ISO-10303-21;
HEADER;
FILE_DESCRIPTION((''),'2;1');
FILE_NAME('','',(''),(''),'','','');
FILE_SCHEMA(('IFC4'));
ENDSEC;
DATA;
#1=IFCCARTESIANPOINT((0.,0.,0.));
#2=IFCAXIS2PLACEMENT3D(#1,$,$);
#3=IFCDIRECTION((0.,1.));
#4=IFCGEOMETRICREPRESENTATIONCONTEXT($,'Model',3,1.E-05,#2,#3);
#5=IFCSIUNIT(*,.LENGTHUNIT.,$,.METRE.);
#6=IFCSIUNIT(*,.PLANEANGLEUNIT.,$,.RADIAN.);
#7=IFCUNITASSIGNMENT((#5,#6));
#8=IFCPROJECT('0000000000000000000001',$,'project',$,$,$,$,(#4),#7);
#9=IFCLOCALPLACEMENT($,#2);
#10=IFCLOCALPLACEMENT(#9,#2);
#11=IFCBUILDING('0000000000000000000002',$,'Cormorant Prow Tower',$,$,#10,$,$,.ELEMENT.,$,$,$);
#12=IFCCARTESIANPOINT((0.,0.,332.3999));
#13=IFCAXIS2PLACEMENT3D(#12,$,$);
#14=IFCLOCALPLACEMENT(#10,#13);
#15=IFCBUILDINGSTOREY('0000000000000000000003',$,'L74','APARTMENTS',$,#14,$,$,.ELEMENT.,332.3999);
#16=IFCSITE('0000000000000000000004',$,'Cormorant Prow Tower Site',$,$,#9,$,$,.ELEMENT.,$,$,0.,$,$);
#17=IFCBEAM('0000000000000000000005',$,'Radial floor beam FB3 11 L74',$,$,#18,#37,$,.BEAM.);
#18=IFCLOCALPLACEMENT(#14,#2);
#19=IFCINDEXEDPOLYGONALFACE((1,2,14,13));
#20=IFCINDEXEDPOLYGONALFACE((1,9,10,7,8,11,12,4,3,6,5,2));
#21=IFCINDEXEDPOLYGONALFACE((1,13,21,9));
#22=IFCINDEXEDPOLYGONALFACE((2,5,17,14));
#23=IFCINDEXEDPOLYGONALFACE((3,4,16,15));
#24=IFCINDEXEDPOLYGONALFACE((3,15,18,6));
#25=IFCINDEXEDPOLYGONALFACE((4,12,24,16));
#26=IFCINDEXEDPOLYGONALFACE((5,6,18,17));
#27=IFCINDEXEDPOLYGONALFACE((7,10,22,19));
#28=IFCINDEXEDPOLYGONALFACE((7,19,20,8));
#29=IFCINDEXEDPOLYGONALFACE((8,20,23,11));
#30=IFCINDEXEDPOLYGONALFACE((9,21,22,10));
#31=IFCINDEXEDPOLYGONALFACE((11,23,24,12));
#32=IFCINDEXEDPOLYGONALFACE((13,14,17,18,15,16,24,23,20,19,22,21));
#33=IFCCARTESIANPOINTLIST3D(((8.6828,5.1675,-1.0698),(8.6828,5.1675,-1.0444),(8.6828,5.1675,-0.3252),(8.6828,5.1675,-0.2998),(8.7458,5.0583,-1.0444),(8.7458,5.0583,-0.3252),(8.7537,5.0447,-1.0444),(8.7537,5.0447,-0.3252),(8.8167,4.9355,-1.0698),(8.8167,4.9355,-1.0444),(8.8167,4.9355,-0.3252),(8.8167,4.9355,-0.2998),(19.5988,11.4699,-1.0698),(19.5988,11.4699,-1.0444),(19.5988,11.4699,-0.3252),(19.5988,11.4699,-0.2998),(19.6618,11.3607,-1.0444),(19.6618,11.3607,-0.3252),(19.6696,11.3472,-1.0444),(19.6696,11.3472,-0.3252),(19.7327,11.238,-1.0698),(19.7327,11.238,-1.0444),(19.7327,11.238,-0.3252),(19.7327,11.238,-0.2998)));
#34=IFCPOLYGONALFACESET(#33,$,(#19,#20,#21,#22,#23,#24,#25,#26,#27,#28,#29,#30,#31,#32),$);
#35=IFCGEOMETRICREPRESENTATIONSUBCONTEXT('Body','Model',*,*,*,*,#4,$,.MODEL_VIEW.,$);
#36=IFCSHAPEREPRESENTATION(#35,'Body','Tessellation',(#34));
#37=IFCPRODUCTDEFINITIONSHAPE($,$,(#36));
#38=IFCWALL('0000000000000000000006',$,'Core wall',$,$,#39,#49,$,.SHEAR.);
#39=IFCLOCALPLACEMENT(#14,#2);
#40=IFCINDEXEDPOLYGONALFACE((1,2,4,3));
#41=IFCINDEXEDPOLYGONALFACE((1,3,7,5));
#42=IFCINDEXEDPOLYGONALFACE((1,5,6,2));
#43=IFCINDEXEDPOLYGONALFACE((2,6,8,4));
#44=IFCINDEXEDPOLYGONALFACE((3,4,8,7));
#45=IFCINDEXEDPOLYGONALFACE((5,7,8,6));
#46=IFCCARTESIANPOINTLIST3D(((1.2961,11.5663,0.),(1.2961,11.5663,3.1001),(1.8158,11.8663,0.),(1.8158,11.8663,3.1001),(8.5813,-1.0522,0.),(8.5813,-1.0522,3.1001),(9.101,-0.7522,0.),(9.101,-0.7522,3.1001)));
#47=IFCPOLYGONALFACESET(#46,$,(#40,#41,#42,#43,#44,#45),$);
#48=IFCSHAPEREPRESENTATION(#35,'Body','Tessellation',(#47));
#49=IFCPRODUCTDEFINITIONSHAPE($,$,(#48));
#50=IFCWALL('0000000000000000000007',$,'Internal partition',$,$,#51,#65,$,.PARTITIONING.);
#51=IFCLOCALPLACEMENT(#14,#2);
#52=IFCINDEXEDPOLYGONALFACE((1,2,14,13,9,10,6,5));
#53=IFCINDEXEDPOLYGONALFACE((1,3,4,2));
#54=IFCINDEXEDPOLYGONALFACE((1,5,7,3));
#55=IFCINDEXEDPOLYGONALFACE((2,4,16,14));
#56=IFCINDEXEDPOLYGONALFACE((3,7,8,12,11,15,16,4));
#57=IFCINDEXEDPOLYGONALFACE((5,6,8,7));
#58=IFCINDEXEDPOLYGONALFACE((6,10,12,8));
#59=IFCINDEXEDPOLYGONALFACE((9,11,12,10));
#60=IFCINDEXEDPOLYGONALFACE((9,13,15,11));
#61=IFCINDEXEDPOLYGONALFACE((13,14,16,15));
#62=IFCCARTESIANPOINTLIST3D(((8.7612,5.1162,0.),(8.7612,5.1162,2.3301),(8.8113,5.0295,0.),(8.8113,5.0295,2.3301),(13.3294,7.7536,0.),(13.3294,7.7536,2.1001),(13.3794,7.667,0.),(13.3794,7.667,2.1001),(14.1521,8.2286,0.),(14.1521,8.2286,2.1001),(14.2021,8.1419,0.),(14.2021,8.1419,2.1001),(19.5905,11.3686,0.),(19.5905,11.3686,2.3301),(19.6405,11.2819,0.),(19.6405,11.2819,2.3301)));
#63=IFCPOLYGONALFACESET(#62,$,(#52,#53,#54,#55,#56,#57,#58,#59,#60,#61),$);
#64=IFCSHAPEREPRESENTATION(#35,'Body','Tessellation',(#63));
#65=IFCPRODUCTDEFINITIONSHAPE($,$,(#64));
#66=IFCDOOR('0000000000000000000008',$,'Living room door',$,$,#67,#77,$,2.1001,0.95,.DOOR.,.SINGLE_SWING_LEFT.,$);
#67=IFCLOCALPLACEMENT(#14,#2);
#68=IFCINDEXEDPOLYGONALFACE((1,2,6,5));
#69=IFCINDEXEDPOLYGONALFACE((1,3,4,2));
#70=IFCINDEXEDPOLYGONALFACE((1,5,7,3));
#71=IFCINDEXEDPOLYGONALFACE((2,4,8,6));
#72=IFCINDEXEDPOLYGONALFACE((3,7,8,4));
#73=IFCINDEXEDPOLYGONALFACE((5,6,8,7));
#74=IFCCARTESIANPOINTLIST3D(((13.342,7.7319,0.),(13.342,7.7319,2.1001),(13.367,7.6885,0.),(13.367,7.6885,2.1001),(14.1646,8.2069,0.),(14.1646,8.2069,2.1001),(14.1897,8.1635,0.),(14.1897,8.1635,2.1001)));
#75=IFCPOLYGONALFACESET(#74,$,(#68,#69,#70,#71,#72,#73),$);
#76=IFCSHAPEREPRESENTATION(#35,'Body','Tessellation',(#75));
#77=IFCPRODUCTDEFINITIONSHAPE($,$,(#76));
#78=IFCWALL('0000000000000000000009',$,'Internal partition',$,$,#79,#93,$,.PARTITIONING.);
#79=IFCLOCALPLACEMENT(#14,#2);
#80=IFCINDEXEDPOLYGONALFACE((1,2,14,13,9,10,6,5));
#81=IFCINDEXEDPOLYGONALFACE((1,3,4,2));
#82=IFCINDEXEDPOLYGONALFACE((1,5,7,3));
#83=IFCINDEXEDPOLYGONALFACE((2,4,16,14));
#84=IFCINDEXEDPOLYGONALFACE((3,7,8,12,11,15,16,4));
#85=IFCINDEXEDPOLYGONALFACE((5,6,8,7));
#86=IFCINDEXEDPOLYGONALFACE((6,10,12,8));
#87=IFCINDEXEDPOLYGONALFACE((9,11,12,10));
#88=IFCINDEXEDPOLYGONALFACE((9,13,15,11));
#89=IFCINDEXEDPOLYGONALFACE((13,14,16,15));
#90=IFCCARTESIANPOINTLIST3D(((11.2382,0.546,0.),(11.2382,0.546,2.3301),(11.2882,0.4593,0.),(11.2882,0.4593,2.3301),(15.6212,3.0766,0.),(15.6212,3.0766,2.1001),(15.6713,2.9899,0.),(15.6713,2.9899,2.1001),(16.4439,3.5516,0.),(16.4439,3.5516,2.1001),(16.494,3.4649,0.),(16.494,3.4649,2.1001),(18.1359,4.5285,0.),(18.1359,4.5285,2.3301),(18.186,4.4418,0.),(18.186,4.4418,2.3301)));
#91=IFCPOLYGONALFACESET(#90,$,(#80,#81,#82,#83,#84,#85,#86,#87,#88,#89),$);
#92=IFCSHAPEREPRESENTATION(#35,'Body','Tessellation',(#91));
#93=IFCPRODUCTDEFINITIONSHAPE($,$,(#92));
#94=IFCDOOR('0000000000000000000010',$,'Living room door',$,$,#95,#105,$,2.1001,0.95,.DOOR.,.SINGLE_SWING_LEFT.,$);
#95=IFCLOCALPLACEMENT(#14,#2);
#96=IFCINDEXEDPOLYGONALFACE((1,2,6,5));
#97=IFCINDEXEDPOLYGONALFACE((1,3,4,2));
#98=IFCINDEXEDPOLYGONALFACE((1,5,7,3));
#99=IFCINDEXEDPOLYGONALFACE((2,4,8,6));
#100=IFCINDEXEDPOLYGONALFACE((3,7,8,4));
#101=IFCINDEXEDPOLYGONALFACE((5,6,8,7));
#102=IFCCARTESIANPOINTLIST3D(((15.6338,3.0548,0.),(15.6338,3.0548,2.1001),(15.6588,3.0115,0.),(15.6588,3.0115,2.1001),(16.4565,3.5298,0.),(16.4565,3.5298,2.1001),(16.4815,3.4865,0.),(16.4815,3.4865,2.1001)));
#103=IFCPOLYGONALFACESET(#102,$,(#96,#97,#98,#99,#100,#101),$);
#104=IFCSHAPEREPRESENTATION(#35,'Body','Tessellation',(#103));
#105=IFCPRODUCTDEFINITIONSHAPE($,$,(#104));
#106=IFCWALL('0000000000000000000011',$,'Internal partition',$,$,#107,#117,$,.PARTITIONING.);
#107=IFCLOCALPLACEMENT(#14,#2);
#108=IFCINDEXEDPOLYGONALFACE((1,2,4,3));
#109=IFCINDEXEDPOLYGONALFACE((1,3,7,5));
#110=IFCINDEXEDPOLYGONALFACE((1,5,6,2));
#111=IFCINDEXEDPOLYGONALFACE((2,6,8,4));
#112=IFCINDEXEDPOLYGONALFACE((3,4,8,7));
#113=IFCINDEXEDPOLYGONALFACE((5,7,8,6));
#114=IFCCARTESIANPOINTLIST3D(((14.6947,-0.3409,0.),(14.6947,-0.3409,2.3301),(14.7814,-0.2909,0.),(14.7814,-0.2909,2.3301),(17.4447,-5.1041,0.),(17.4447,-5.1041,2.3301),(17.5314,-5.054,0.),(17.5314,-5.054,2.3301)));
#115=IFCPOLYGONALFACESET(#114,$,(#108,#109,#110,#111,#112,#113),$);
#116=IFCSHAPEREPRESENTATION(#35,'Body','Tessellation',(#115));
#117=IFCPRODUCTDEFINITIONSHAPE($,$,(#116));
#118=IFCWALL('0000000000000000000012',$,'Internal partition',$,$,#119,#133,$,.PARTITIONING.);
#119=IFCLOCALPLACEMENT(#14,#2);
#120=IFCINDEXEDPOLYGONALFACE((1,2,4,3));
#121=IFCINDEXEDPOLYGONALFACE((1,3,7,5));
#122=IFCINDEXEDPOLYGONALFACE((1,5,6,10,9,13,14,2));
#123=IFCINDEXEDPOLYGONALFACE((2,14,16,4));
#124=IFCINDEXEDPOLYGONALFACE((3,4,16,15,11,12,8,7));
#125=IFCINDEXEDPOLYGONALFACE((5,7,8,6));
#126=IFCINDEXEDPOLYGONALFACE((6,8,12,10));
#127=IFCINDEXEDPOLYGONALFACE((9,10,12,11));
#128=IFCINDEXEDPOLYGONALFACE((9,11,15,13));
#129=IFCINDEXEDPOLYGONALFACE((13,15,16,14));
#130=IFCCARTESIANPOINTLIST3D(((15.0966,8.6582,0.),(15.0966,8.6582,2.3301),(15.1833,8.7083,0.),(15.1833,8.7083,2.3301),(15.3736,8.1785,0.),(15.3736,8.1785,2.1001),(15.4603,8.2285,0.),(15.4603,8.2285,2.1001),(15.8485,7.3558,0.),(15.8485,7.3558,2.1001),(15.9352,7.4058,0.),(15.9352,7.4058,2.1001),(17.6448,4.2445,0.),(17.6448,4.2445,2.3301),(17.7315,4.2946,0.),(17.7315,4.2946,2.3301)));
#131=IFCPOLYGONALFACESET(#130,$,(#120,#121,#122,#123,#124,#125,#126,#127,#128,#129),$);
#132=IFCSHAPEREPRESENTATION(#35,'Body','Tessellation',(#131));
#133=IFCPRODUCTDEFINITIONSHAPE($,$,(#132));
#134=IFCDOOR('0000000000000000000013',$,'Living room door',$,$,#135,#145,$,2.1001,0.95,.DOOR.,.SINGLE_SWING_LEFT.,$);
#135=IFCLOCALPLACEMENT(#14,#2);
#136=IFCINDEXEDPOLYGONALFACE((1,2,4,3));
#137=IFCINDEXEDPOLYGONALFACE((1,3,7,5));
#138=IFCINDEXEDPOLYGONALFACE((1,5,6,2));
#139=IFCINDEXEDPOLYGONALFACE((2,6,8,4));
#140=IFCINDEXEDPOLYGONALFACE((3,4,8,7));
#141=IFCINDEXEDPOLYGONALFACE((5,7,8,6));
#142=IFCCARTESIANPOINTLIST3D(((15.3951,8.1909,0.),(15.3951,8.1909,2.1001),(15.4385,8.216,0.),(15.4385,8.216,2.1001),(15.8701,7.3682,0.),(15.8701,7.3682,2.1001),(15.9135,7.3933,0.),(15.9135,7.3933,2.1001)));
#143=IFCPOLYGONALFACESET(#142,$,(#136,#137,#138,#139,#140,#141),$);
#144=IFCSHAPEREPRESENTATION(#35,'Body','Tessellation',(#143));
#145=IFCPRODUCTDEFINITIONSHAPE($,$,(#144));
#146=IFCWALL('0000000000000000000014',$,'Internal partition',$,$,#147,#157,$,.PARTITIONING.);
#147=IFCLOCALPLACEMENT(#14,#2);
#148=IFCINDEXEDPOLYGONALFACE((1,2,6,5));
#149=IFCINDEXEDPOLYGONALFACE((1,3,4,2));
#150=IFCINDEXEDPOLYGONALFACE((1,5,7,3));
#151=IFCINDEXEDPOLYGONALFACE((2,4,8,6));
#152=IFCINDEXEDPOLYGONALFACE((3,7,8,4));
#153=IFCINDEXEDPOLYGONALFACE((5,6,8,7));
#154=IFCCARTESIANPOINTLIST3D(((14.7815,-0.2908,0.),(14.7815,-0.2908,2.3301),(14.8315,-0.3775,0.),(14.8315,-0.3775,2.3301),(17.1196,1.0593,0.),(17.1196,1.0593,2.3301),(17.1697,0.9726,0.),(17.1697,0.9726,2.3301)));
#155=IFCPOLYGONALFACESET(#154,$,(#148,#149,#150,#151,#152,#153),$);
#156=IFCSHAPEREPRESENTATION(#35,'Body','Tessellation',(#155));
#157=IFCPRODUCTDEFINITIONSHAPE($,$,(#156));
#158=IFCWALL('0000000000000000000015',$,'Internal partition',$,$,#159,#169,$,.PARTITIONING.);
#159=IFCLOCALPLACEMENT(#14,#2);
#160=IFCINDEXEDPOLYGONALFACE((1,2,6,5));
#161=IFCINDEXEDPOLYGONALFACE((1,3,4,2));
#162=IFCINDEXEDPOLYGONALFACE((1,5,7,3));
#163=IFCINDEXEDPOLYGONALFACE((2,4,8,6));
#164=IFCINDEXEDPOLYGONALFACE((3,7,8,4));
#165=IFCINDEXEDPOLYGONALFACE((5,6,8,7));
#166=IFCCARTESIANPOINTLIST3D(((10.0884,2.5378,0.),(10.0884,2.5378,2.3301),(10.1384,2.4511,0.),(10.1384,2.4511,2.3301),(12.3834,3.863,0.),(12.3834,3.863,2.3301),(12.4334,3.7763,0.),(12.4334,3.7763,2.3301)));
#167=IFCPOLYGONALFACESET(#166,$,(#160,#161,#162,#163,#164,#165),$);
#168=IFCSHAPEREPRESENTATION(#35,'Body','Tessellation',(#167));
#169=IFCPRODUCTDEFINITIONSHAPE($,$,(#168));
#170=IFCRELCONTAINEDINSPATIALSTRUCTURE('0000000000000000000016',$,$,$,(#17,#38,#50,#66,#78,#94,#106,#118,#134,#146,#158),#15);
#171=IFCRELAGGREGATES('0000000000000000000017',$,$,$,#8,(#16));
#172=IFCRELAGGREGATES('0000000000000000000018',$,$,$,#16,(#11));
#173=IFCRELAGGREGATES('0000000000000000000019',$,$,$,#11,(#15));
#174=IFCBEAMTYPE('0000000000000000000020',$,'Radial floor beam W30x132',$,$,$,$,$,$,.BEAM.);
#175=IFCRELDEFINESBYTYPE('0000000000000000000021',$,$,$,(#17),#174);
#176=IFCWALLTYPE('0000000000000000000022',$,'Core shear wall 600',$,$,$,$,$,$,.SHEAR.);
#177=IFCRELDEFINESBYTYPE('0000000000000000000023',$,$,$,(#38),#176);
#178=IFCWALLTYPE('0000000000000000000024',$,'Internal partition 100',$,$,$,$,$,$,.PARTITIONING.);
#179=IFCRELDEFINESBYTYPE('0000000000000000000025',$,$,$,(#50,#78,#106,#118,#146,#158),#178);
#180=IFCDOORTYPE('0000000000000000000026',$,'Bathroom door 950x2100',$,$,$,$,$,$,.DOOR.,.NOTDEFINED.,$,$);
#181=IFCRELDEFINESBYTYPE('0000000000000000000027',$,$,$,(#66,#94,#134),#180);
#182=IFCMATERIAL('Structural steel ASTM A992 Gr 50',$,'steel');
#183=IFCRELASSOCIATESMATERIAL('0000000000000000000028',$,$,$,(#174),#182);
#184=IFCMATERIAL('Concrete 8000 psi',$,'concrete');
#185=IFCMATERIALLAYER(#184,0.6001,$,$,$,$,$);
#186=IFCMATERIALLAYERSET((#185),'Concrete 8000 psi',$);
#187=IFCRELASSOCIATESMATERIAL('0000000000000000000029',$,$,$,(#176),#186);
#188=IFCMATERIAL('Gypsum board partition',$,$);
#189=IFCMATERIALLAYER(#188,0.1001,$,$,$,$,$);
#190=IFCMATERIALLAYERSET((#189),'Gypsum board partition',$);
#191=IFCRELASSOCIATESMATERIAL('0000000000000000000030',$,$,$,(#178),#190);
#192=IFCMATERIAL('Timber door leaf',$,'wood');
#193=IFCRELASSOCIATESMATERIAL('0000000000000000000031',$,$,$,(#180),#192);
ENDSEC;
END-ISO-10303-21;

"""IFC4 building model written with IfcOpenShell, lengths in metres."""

from ifc_helpers import new_model, si_unit, direction, frame, frame_2d, origin, origin_2d, place, context, subcontext, project, spatial, rectangle, i_section, extrude, material, layer, layer_set, material_profile, profile_set, type_object, element, fill, save


model = new_model("IFC4")

# Units and contexts
model_context = context("Model", 3, precision=1e-05, world=origin(), true_north=direction((0.0, 1.0)))
body_context = subcontext(model_context, "Body", "Model", "MODEL_VIEW")
ifc_project = project(units=[si_unit("LENGTHUNIT", "METRE"), si_unit("PLANEANGLEUNIT", "RADIAN")], contexts=[model_context])

# Site, building, storey
site_placement = place(None, origin())
site = spatial("IfcSite", under=ifc_project, at=site_placement, Name="Cormorant Prow Tower Site", CompositionType="ELEMENT", RefElevation=0.0)
building_placement = place(site_placement, origin())
building = spatial("IfcBuilding", under=site, at=building_placement, Name="Cormorant Prow Tower", CompositionType="ELEMENT")
storey_placement = place(building_placement, frame((0.0, 0.0, 332.3999)))
storey = spatial("IfcBuildingStorey", under=building, at=storey_placement, Name="L74", Description="APARTMENTS", CompositionType="ELEMENT", Elevation=332.3999)

# Beam
ifc_material_1 = material(Name="Structural steel ASTM A992 Gr 50", Category="steel")
ifc_material_profile = material_profile(ifc_material_1, i_section(OverallWidth=0.2678, OverallDepth=0.77, WebThickness=0.0156, FlangeThickness=0.0254, at=origin_2d()), Name="W30x132")
ifc_profile_set = profile_set([ifc_material_profile], Name="Structural steel ASTM A992 Gr 50")
beam_type = type_object("IfcBeamType", Name="Radial floor beam W30x132", PredefinedType="BEAM", material=ifc_profile_set)
beam_placement = place(storey_placement, frame((8.7498, 5.0515, -0.6848), z_axis=(0.866021, 0.500007, 0.0), x_axis=(-0.500007, 0.866021, 0.0)))
element("IfcBeam", 1, at=beam_placement, inside=storey, type_object=beam_type, Name="Radial floor beam FB3 11 L74", PredefinedType="BEAM", context=body_context, shape_type="SweptSolid", body=[
    extrude(i_section(OverallWidth=0.2678, OverallDepth=0.77, WebThickness=0.0156, FlangeThickness=0.0254, at=origin_2d()), origin(), (0.0, 0.0, 1.0), 12.6047),
])

# Wall
ifc_material_2 = material(Name="Concrete 8000 psi", Category="concrete")
ifc_layer_1 = layer(ifc_material_2, 0.6001)
ifc_layer_set_1 = layer_set([ifc_layer_1], Name="Concrete 8000 psi")
wall_type_1 = type_object("IfcWallType", Name="Core shear wall 600", PredefinedType="SHEAR", material=ifc_layer_set_1)
wall_1_placement = place(storey_placement, frame((8.8411, -0.9021, 0.0), z_axis=(0.0, 0.0, 1.0), x_axis=(-0.499996, 0.866028, 0.0)))
element("IfcWall", 2, at=wall_1_placement, inside=storey, type_object=wall_type_1, Name="Core wall", PredefinedType="SHEAR", context=body_context, shape_type="SweptSolid", body=[
    extrude(rectangle(XDim=14.5706, YDim=0.6001, at=frame_2d((7.2852, 0.0))), origin(), (0.0, 0.0, 1.0), 3.1001),
])

# Walls, openings, doors
ifc_material_3 = material(Name="Gypsum board partition")
ifc_layer_2 = layer(ifc_material_3, 0.1001)
ifc_layer_set_2 = layer_set([ifc_layer_2], Name="Gypsum board partition")
wall_type_2 = type_object("IfcWallType", Name="Internal partition 100", PredefinedType="PARTITIONING", material=ifc_layer_set_2)
wall_2_placement = place(storey_placement, frame((8.7861, 5.0728, 0.0), z_axis=(0.0, 0.0, 1.0), x_axis=(0.866021, 0.500007, 0.0)))
wall_2 = element("IfcWall", 3, at=wall_2_placement, inside=storey, type_object=wall_type_2, Name="Internal partition", PredefinedType="PARTITIONING", context=body_context, shape_type="SweptSolid", body=[
    extrude(rectangle(XDim=12.5046, YDim=0.1001, at=frame_2d((6.2524, 0.0))), origin(), (0.0, 0.0, 1.0), 2.3301),
])
opening_1_placement = place(wall_2_placement, frame((5.2749, 0.0, 0.0)))
opening_1 = element("IfcOpeningElement", 4, at=opening_1_placement, cuts=wall_2, PredefinedType="OPENING", context=body_context, shape_type="SweptSolid", body=[
    extrude(rectangle(XDim=0.95, YDim=2.1001, at=frame_2d((0.4751, 1.05))), frame((0.0, 0.0601, 0.0), z_axis=(0.0, -1.0, 0.0), x_axis=(1.0, 0.0, 0.0)), (0.0, 0.0, 1.0), 0.1201),
])
ifc_material_4 = material(Name="Timber door leaf", Category="wood")
door_type = type_object("IfcDoorType", Name="Bathroom door 950x2100", OperationType="NOTDEFINED", PredefinedType="DOOR", material=ifc_material_4)
door_1_placement = place(opening_1_placement, origin())
door_1 = element("IfcDoor", 5, at=door_1_placement, inside=storey, type_object=door_type, Name="Living room door", OperationType="SINGLE_SWING_LEFT", OverallHeight=2.1001, OverallWidth=0.95, PredefinedType="DOOR", context=body_context, shape_type="SweptSolid", body=[
    extrude(rectangle(XDim=0.95, YDim=2.1001, at=frame_2d((0.4751, 1.05))), frame((0.0, 0.0249, 0.0), z_axis=(0.0, -1.0, 0.0), x_axis=(1.0, 0.0, 0.0)), (0.0, 0.0, 1.0), 0.05),
])
fill(opening_1, door_1)
wall_3_placement = place(storey_placement, frame((11.2632, 0.5027, 0.0), z_axis=(0.0, 0.0, 1.0), x_axis=(0.866024, 0.500003, 0.0)))
wall_3 = element("IfcWall", 6, at=wall_3_placement, inside=storey, type_object=wall_type_2, Name="Internal partition", PredefinedType="PARTITIONING", context=body_context, shape_type="SweptSolid", body=[
    extrude(rectangle(XDim=7.9648, YDim=0.1001, at=frame_2d((3.9824, 0.0))), origin(), (0.0, 0.0, 1.0), 2.3301),
])
opening_2_placement = place(wall_3_placement, frame((5.061, 0.0, 0.0)))
opening_2 = element("IfcOpeningElement", 7, at=opening_2_placement, cuts=wall_3, PredefinedType="OPENING", context=body_context, shape_type="SweptSolid", body=[
    extrude(rectangle(XDim=0.95, YDim=2.1001, at=frame_2d((0.4751, 1.05))), frame((0.0, 0.0601, 0.0), z_axis=(0.0, -1.0, 0.0), x_axis=(1.0, 0.0, 0.0)), (0.0, 0.0, 1.0), 0.1201),
])
door_2_placement = place(opening_2_placement, origin())
door_2 = element("IfcDoor", 8, at=door_2_placement, inside=storey, type_object=door_type, Name="Living room door", OperationType="SINGLE_SWING_LEFT", OverallHeight=2.1001, OverallWidth=0.95, PredefinedType="DOOR", context=body_context, shape_type="SweptSolid", body=[
    extrude(rectangle(XDim=0.95, YDim=2.1001, at=frame_2d((0.4751, 1.05))), frame((0.0, 0.0249, 0.0), z_axis=(0.0, -1.0, 0.0), x_axis=(1.0, 0.0, 0.0)), (0.0, 0.0, 1.0), 0.05),
])
fill(opening_2, door_2)

# Wall
wall_4_placement = place(storey_placement, frame((14.738, -0.3159, 0.0), z_axis=(0.0, 0.0, 1.0), x_axis=(0.499997, -0.866027, 0.0)))
element("IfcWall", 9, at=wall_4_placement, inside=storey, type_object=wall_type_2, Name="Internal partition", PredefinedType="PARTITIONING", context=body_context, shape_type="SweptSolid", body=[
    extrude(rectangle(XDim=5.5, YDim=0.1001, at=frame_2d((2.75, 0.0))), origin(), (0.0, 0.0, 1.0), 2.3301),
])

# Wall, opening, door
wall_5_placement = place(storey_placement, frame((15.1399, 8.6833, 0.0), z_axis=(0.0, 0.0, 1.0), x_axis=(0.499988, -0.866032, 0.0)))
wall_5 = element("IfcWall", 10, at=wall_5_placement, inside=storey, type_object=wall_type_2, Name="Internal partition", PredefinedType="PARTITIONING", context=body_context, shape_type="SweptSolid", body=[
    extrude(rectangle(XDim=5.0964, YDim=0.1001, at=frame_2d((2.5483, 0.0))), origin(), (0.0, 0.0, 1.0), 2.3301),
])
opening_3_placement = place(wall_5_placement, frame((0.554, 0.0, 0.0)))
opening_3 = element("IfcOpeningElement", 11, at=opening_3_placement, cuts=wall_5, PredefinedType="OPENING", context=body_context, shape_type="SweptSolid", body=[
    extrude(rectangle(XDim=0.95, YDim=2.1001, at=frame_2d((0.4751, 1.05))), frame((0.0, 0.0601, 0.0), z_axis=(0.0, -1.0, 0.0), x_axis=(1.0, 0.0, 0.0)), (0.0, 0.0, 1.0), 0.1201),
])
door_3_placement = place(opening_3_placement, origin())
door_3 = element("IfcDoor", 12, at=door_3_placement, inside=storey, type_object=door_type, Name="Living room door", OperationType="SINGLE_SWING_LEFT", OverallHeight=2.1001, OverallWidth=0.95, PredefinedType="DOOR", context=body_context, shape_type="SweptSolid", body=[
    extrude(rectangle(XDim=0.95, YDim=2.1001, at=frame_2d((0.4751, 1.05))), frame((0.0, 0.0249, 0.0), z_axis=(0.0, -1.0, 0.0), x_axis=(1.0, 0.0, 0.0)), (0.0, 0.0, 1.0), 0.05),
])
fill(opening_3, door_3)

# Walls
wall_6_placement = place(storey_placement, frame((14.8064, -0.3342, 0.0), z_axis=(0.0, 0.0, 1.0), x_axis=(0.865997, 0.500049, 0.0)))
element("IfcWall", 13, at=wall_6_placement, inside=storey, type_object=wall_type_2, Name="Internal partition", PredefinedType="PARTITIONING", context=body_context, shape_type="SweptSolid", body=[
    extrude(rectangle(XDim=2.7, YDim=0.1001, at=frame_2d((1.3501, 0.0))), origin(), (0.0, 0.0, 1.0), 2.3301),
])
wall_7_placement = place(storey_placement, frame((10.1133, 2.4944, 0.0), z_axis=(0.0, 0.0, 1.0), x_axis=(0.865989, 0.500063, 0.0)))
element("IfcWall", 14, at=wall_7_placement, inside=storey, type_object=wall_type_2, Name="Internal partition", PredefinedType="PARTITIONING", context=body_context, shape_type="SweptSolid", body=[
    extrude(rectangle(XDim=2.6501, YDim=0.1001, at=frame_2d((1.3252, 0.0))), origin(), (0.0, 0.0, 1.0), 2.3301),
])

save(model, "model.ifc")
